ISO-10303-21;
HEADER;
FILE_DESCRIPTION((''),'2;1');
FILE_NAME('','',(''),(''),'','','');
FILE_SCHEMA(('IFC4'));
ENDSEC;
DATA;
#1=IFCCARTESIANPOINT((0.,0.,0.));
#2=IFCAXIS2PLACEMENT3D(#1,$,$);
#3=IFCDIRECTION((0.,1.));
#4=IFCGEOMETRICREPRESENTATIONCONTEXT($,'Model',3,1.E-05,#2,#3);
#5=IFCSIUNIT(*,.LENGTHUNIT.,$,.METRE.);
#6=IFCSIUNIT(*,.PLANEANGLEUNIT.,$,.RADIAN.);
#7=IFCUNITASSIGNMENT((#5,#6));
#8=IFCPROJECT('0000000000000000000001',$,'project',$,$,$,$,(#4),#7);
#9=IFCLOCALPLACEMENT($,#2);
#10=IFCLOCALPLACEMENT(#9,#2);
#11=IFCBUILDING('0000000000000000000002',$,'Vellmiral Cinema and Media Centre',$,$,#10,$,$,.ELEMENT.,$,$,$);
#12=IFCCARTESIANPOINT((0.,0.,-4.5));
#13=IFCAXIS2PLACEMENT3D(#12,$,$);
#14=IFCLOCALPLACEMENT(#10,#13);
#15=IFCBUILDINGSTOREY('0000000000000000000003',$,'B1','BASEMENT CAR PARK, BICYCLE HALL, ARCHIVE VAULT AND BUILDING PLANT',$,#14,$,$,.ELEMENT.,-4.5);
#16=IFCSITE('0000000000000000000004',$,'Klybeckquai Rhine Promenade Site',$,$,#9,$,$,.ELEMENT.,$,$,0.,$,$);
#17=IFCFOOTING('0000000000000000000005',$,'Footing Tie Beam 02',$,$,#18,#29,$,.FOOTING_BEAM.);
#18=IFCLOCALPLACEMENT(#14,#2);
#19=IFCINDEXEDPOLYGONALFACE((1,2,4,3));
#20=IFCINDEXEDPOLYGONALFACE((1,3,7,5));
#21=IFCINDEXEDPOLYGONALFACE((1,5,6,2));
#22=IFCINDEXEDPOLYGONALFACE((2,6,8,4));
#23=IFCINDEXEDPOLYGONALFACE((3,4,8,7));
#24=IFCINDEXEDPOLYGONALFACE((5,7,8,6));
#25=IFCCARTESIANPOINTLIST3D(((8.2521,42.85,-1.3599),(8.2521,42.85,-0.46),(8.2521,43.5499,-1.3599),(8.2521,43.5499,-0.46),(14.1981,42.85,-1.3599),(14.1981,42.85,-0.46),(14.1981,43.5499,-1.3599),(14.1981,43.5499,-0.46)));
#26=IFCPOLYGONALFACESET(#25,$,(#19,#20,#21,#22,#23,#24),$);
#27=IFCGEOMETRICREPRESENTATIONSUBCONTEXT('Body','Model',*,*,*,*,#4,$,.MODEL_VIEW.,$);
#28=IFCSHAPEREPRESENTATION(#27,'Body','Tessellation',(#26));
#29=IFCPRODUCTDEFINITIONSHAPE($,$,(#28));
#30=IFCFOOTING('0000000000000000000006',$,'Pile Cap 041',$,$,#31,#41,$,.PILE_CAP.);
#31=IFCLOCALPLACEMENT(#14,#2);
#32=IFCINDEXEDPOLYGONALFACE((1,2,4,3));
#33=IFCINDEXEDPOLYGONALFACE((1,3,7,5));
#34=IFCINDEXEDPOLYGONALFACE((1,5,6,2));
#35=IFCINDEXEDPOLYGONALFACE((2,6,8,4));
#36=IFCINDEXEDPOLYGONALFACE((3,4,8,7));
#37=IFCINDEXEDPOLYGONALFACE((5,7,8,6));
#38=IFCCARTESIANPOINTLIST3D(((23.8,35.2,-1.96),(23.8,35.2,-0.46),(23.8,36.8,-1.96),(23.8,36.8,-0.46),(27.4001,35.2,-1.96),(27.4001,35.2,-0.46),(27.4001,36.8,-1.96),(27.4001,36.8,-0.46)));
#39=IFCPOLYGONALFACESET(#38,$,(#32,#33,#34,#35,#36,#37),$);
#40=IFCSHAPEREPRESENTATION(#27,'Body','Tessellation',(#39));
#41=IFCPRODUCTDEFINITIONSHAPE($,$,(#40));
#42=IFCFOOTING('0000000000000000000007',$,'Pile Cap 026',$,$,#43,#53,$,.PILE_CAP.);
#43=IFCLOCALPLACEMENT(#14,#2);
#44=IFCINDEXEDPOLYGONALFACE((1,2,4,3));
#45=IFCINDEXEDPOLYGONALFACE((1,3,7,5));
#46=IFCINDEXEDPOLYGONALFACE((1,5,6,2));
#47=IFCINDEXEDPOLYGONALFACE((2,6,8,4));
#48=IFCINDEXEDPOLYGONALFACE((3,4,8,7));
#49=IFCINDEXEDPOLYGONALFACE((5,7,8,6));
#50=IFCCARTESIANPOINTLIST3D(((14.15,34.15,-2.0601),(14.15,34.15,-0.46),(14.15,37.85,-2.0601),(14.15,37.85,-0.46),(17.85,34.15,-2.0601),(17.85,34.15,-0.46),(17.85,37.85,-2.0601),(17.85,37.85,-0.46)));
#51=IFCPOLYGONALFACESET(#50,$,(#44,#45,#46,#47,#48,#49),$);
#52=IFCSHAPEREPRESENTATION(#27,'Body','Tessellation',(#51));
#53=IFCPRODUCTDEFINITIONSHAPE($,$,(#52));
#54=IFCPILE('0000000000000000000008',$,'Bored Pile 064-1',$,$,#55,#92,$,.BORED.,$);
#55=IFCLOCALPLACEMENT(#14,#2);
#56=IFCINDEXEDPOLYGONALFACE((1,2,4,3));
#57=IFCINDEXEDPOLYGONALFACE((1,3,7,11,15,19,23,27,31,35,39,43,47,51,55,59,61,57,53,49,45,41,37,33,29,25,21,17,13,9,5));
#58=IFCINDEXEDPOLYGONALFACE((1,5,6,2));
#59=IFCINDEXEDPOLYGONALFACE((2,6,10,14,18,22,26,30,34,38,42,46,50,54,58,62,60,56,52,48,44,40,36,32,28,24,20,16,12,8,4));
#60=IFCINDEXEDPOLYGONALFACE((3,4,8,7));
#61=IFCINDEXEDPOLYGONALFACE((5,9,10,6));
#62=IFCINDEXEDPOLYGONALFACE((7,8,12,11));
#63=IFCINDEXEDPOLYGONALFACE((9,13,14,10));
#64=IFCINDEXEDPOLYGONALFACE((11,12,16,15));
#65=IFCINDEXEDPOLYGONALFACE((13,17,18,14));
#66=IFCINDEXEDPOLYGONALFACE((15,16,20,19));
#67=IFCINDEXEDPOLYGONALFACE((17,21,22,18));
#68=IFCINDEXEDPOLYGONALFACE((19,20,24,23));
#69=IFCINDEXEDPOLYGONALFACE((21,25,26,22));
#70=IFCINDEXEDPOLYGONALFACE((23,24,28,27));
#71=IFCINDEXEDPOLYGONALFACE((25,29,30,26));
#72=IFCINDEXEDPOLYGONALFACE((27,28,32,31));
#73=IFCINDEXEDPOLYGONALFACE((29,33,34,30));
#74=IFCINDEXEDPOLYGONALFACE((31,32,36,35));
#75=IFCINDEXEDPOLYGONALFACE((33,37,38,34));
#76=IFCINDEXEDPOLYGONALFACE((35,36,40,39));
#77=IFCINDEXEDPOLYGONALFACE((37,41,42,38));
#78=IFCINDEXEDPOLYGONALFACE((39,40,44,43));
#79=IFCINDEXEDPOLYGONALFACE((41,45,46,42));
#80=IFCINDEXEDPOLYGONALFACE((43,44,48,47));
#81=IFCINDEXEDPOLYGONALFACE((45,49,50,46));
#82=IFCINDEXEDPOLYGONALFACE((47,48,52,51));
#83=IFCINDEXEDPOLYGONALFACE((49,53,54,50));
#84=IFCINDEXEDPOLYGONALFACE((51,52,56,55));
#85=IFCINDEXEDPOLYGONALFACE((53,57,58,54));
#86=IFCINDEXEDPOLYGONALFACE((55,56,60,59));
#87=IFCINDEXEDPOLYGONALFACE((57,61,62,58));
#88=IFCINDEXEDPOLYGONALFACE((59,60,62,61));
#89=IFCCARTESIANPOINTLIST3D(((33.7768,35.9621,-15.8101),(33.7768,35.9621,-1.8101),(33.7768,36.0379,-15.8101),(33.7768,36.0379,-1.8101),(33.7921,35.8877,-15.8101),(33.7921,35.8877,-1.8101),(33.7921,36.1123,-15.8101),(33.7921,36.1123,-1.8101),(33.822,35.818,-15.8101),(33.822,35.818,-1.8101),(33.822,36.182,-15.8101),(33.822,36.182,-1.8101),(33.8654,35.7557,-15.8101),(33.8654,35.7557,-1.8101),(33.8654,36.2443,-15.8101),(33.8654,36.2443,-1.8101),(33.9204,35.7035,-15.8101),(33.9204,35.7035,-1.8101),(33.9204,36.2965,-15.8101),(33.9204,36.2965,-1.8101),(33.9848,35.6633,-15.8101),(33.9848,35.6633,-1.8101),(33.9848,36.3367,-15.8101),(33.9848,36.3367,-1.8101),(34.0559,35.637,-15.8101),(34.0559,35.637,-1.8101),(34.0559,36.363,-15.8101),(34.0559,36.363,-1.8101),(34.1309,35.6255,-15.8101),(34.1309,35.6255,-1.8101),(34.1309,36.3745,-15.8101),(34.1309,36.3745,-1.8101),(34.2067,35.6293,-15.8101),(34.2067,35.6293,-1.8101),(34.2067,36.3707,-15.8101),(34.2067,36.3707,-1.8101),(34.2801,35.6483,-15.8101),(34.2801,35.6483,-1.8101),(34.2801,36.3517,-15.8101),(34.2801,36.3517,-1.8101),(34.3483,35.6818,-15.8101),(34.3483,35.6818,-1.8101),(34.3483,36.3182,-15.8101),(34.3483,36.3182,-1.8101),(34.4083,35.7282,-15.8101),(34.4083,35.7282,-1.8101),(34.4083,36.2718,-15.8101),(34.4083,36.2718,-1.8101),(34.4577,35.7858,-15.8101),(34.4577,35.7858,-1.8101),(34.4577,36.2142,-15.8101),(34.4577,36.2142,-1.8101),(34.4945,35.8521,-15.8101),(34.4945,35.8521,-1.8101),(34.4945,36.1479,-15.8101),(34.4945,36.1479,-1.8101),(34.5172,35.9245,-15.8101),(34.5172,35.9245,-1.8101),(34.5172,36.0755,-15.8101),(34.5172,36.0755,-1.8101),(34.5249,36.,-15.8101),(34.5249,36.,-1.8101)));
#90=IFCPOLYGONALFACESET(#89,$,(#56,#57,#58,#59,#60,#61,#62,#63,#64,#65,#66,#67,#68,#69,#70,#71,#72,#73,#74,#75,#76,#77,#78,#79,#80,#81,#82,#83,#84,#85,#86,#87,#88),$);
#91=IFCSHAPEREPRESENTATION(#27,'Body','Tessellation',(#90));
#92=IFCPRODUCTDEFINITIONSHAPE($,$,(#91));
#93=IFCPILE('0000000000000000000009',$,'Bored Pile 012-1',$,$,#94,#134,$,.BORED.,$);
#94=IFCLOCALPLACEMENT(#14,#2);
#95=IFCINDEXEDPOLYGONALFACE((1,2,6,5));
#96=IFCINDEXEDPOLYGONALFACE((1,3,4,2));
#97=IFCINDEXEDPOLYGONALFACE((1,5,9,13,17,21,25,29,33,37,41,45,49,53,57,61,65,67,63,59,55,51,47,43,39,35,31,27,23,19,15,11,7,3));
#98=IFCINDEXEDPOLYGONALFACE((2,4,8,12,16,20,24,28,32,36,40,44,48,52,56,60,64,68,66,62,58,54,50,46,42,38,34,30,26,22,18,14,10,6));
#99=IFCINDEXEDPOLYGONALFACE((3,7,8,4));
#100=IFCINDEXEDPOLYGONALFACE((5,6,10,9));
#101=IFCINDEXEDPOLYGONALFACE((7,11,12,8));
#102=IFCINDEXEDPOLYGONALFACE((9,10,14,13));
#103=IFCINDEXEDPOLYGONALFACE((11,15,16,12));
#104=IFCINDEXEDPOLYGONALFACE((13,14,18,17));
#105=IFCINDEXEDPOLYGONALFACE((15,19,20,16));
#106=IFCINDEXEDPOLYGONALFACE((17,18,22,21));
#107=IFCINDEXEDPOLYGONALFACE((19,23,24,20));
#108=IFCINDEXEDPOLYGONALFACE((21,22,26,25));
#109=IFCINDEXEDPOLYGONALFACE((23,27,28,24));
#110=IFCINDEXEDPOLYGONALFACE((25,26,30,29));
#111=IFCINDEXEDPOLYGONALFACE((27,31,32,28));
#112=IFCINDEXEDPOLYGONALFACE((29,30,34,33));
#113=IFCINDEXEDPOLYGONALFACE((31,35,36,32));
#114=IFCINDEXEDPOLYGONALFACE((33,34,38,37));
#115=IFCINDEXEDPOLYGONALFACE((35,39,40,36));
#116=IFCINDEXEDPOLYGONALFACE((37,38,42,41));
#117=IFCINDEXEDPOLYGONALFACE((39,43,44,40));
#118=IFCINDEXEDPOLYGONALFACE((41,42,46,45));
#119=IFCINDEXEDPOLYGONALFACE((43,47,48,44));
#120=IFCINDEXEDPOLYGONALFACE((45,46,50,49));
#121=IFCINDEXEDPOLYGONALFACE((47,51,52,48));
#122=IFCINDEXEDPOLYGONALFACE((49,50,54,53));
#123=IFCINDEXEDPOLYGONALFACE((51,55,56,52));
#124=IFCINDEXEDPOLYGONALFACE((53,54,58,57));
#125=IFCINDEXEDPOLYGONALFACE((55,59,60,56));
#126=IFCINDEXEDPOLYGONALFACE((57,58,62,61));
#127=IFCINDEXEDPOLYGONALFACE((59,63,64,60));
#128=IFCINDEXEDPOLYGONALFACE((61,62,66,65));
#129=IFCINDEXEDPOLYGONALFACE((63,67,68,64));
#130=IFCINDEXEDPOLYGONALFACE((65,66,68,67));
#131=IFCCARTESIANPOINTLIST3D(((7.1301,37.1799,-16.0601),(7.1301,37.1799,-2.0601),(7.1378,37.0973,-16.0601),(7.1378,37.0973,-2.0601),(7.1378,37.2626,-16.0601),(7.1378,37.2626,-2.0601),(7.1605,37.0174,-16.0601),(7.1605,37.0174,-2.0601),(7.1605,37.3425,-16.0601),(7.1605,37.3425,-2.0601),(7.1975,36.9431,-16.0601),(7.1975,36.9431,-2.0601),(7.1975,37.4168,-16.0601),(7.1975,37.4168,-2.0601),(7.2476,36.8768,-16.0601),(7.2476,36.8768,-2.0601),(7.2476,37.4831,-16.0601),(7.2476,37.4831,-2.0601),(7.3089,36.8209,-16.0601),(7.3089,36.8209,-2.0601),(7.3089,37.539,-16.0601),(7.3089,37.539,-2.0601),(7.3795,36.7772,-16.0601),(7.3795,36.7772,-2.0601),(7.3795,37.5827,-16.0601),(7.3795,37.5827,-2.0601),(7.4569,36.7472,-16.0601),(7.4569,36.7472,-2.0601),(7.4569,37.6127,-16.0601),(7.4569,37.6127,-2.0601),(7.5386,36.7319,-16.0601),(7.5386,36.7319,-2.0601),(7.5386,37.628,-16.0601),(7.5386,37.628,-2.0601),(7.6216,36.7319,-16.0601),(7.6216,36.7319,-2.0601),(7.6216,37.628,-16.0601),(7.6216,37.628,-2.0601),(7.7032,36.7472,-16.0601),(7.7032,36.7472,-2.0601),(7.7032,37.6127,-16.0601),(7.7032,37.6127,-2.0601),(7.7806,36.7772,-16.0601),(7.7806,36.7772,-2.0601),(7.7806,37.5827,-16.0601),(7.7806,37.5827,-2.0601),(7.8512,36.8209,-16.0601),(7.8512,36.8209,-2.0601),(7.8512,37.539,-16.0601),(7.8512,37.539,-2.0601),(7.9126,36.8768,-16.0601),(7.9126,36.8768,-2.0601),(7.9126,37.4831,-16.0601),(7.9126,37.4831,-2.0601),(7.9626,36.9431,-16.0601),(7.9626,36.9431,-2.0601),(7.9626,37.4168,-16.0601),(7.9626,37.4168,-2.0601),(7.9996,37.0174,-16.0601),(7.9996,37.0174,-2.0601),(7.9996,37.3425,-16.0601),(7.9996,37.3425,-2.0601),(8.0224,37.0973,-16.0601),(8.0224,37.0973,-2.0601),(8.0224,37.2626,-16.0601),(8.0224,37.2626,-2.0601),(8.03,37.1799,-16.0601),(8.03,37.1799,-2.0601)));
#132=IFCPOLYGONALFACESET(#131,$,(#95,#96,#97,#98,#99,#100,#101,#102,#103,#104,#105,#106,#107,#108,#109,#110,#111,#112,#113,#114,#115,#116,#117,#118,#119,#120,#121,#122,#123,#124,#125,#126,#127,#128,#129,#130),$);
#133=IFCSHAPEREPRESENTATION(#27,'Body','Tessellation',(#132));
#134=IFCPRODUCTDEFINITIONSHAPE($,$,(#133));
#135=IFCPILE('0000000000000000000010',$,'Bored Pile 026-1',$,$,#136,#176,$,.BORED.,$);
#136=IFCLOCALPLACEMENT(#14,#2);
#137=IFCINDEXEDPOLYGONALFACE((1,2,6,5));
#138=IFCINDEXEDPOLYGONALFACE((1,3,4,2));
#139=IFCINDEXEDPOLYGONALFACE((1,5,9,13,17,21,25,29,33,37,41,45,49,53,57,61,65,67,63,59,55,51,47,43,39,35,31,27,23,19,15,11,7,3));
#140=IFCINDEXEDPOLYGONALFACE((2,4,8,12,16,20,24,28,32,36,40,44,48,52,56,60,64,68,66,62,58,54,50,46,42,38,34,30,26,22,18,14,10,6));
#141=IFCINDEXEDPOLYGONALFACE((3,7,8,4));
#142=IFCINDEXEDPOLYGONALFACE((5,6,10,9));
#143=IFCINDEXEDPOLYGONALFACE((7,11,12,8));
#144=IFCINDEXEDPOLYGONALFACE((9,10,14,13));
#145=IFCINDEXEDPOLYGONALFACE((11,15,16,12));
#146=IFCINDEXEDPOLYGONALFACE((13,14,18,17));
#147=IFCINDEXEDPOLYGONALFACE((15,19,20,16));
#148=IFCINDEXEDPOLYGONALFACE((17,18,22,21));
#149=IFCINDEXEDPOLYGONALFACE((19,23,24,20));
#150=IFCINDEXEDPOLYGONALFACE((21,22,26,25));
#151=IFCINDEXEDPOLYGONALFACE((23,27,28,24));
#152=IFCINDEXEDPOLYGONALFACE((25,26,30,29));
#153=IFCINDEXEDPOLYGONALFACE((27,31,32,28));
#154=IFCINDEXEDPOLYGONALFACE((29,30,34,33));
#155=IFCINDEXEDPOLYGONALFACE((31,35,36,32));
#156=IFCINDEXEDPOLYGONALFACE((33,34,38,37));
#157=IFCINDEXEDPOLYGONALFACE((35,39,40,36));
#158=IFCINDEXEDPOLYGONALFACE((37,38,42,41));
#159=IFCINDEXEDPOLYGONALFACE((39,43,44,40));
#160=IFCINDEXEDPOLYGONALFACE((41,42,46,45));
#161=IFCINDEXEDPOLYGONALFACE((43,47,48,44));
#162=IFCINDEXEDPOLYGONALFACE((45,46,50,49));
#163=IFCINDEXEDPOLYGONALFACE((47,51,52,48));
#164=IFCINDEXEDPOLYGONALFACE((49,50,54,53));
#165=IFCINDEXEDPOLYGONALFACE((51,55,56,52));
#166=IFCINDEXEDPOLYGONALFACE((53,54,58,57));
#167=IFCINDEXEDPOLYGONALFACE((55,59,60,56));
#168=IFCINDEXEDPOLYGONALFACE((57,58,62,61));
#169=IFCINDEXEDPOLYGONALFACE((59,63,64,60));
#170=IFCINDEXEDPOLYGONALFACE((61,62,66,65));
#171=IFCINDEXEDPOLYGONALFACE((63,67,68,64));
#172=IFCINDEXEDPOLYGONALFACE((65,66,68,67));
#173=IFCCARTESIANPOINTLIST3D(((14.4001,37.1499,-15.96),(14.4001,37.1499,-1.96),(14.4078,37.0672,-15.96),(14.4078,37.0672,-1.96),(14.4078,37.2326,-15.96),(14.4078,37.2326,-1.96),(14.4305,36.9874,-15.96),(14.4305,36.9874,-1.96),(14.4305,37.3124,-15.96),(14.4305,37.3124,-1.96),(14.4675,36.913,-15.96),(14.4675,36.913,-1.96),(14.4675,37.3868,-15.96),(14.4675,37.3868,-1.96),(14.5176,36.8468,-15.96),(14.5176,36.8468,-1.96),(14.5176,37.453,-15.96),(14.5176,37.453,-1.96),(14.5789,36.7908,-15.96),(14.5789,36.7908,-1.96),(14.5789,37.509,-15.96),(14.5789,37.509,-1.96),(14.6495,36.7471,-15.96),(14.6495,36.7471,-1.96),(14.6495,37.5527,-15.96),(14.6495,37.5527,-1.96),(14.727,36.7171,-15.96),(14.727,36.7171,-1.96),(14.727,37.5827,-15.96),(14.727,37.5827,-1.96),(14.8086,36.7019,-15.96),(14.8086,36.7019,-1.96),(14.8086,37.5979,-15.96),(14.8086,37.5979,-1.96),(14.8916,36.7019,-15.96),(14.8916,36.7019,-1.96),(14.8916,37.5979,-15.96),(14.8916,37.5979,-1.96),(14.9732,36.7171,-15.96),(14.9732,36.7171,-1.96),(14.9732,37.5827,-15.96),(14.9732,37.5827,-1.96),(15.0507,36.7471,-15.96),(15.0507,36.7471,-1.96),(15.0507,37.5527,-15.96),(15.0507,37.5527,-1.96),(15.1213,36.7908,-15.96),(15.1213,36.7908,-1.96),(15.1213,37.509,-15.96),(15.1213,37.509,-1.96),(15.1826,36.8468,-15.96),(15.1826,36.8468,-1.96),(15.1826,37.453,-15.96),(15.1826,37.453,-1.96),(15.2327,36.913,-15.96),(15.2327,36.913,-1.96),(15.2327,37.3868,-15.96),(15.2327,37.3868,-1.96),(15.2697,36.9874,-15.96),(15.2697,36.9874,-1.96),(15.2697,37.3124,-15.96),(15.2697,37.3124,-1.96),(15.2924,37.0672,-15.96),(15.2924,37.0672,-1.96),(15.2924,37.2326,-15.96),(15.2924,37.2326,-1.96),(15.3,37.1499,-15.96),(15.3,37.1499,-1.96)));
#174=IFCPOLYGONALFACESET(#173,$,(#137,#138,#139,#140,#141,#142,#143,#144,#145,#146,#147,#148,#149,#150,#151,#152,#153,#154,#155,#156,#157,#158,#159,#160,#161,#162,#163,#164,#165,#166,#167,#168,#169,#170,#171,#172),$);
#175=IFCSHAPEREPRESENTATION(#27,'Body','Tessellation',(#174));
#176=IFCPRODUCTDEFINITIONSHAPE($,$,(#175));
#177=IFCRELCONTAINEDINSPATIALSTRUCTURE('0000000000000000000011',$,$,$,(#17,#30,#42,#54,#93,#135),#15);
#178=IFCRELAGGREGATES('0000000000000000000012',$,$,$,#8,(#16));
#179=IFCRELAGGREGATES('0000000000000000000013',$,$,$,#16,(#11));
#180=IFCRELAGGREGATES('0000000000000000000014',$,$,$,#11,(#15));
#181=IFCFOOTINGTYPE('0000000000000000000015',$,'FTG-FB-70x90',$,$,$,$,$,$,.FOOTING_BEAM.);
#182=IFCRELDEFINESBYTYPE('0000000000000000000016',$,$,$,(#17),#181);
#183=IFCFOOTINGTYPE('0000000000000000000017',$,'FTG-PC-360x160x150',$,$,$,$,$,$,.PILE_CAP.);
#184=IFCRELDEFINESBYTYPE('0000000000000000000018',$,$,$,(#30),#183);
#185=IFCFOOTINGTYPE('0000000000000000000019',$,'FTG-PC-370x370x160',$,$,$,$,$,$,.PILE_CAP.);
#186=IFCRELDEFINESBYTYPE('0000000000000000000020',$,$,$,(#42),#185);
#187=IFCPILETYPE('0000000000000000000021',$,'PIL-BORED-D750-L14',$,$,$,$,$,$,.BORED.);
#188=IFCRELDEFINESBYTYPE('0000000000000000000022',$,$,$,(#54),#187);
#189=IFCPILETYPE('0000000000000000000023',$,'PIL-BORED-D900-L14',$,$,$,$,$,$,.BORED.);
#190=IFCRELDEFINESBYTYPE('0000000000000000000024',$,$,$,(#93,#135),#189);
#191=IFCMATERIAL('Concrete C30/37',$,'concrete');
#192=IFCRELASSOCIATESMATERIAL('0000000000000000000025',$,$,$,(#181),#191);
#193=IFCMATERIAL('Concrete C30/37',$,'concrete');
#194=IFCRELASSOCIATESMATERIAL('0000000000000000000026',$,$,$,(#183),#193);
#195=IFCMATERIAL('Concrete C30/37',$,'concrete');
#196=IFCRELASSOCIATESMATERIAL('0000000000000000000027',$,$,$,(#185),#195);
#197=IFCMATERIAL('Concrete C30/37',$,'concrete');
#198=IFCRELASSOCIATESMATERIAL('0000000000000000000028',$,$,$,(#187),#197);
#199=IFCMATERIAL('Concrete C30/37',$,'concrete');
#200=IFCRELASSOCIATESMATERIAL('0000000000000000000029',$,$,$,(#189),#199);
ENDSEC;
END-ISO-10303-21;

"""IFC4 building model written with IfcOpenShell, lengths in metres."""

from ifc_helpers import new_model, si_unit, direction, frame, origin, origin_2d, place, context, subcontext, project, spatial, rectangle, circle, extrude, material, material_profile, profile_set, type_object, element, save


model = new_model("IFC4")

# Units and contexts
model_context = context("Model", 3, precision=1e-05, world=origin(), true_north=direction((0.0, 1.0)))
body_context = subcontext(model_context, "Body", "Model", "MODEL_VIEW")
ifc_project = project(units=[si_unit("LENGTHUNIT", "METRE"), si_unit("PLANEANGLEUNIT", "RADIAN")], contexts=[model_context])

# Site, building, storey
site_placement = place(None, origin())
site = spatial("IfcSite", under=ifc_project, at=site_placement, Name="Klybeckquai Rhine Promenade Site", CompositionType="ELEMENT", RefElevation=0.0)
building_placement = place(site_placement, origin())
building = spatial("IfcBuilding", under=site, at=building_placement, Name="Vellmiral Cinema and Media Centre", CompositionType="ELEMENT")
storey_placement = place(building_placement, frame((0.0, 0.0, -4.5)))
storey = spatial("IfcBuildingStorey", under=building, at=storey_placement, Name="B1", Description="BASEMENT CAR PARK, BICYCLE HALL, ARCHIVE VAULT AND BUILDING PLANT", CompositionType="ELEMENT", Elevation=-4.5)

# Footings
ifc_material_1 = material(Name="Concrete C30/37", Category="concrete")
footing_type_1 = type_object("IfcFootingType", Name="FTG-FB-70x90", PredefinedType="FOOTING_BEAM", material=ifc_material_1)
footing_1_placement = place(storey_placement, frame((11.2251, 43.2, -1.3599), z_axis=(0.0, 0.0, 1.0), x_axis=(1.0, 0.0, 0.0)))
element("IfcFooting", 1, at=footing_1_placement, inside=storey, type_object=footing_type_1, Name="Footing Tie Beam 02", PredefinedType="FOOTING_BEAM", context=body_context, shape_type="SweptSolid", body=[
    extrude(rectangle(XDim=5.946, YDim=0.7, at=origin_2d()), origin(), (0.0, 0.0, 1.0), 0.8999),
])
ifc_material_2 = material(Name="Concrete C30/37", Category="concrete")
footing_type_2 = type_object("IfcFootingType", Name="FTG-PC-360x160x150", PredefinedType="PILE_CAP", material=ifc_material_2)
footing_2_placement = place(storey_placement, frame((25.6001, 36.0, -1.96), z_axis=(0.0, 0.0, 1.0), x_axis=(1.0, 0.0, 0.0)))
element("IfcFooting", 2, at=footing_2_placement, inside=storey, type_object=footing_type_2, Name="Pile Cap 041", PredefinedType="PILE_CAP", context=body_context, shape_type="SweptSolid", body=[
    extrude(rectangle(XDim=3.6001, YDim=1.6001, at=origin_2d()), origin(), (0.0, 0.0, 1.0), 1.5),
])
ifc_material_3 = material(Name="Concrete C30/37", Category="concrete")
footing_type_3 = type_object("IfcFootingType", Name="FTG-PC-370x370x160", PredefinedType="PILE_CAP", material=ifc_material_3)
footing_3_placement = place(storey_placement, frame((16.0, 36.0, -2.0601), z_axis=(0.0, 0.0, 1.0), x_axis=(1.0, 0.0, 0.0)))
element("IfcFooting", 3, at=footing_3_placement, inside=storey, type_object=footing_type_3, Name="Pile Cap 026", PredefinedType="PILE_CAP", context=body_context, shape_type="SweptSolid", body=[
    extrude(rectangle(XDim=3.7, YDim=3.7, at=origin_2d()), origin(), (0.0, 0.0, 1.0), 1.6001),
])

# Piles
ifc_material_4 = material(Name="Concrete C30/37", Category="concrete")
ifc_material_profile_1 = material_profile(ifc_material_4, circle(Radius=0.375, at=origin_2d()), Name="PILE D750")
ifc_profile_set_1 = profile_set([ifc_material_profile_1], Name="Concrete C30/37")
pile_type_1 = type_object("IfcPileType", Name="PIL-BORED-D750-L14", PredefinedType="BORED", material=ifc_profile_set_1)
pile_placement = place(storey_placement, frame((34.1499, 36.0, -1.8101), z_axis=(0.0, 0.0, -1.0), x_axis=(1.0, 0.0, 0.0)))
element("IfcPile", 4, at=pile_placement, inside=storey, type_object=pile_type_1, Name="Bored Pile 064-1", PredefinedType="BORED", context=body_context, shape_type="SweptSolid", body=[
    extrude(circle(Radius=0.375, at=origin_2d()), origin(), (0.0, 0.0, 1.0), 14.0),
])
ifc_material_5 = material(Name="Concrete C30/37", Category="concrete")
ifc_material_profile_2 = material_profile(ifc_material_5, circle(Radius=0.45, at=origin_2d()), Name="PILE D900")
ifc_profile_set_2 = profile_set([ifc_material_profile_2], Name="Concrete C30/37")
pile_type_2 = type_object("IfcPileType", Name="PIL-BORED-D900-L14", PredefinedType="BORED", material=ifc_profile_set_2)
for number, where, z_axis, x_axis, name in (
    (5, (7.5801, 37.1799, -2.0601), (0.0, 0.0, -1.0), (1.0, 0.0, 0.0), "Bored Pile 012-1"),
    (6, (14.8501, 37.1499, -1.96), (0.0, 0.0, -1.0), (1.0, 0.0, 0.0), "Bored Pile 026-1"),
):
    element("IfcPile", number, at=place(storey_placement, frame(where, z_axis=z_axis, x_axis=x_axis)), inside=storey, type_object=pile_type_2, Name=name, PredefinedType="BORED", context=body_context, shape_type="SweptSolid", body=[
        extrude(circle(Radius=0.45, at=origin_2d()), origin(), (0.0, 0.0, 1.0), 14.0),
    ])

save(model, "model.ifc")
